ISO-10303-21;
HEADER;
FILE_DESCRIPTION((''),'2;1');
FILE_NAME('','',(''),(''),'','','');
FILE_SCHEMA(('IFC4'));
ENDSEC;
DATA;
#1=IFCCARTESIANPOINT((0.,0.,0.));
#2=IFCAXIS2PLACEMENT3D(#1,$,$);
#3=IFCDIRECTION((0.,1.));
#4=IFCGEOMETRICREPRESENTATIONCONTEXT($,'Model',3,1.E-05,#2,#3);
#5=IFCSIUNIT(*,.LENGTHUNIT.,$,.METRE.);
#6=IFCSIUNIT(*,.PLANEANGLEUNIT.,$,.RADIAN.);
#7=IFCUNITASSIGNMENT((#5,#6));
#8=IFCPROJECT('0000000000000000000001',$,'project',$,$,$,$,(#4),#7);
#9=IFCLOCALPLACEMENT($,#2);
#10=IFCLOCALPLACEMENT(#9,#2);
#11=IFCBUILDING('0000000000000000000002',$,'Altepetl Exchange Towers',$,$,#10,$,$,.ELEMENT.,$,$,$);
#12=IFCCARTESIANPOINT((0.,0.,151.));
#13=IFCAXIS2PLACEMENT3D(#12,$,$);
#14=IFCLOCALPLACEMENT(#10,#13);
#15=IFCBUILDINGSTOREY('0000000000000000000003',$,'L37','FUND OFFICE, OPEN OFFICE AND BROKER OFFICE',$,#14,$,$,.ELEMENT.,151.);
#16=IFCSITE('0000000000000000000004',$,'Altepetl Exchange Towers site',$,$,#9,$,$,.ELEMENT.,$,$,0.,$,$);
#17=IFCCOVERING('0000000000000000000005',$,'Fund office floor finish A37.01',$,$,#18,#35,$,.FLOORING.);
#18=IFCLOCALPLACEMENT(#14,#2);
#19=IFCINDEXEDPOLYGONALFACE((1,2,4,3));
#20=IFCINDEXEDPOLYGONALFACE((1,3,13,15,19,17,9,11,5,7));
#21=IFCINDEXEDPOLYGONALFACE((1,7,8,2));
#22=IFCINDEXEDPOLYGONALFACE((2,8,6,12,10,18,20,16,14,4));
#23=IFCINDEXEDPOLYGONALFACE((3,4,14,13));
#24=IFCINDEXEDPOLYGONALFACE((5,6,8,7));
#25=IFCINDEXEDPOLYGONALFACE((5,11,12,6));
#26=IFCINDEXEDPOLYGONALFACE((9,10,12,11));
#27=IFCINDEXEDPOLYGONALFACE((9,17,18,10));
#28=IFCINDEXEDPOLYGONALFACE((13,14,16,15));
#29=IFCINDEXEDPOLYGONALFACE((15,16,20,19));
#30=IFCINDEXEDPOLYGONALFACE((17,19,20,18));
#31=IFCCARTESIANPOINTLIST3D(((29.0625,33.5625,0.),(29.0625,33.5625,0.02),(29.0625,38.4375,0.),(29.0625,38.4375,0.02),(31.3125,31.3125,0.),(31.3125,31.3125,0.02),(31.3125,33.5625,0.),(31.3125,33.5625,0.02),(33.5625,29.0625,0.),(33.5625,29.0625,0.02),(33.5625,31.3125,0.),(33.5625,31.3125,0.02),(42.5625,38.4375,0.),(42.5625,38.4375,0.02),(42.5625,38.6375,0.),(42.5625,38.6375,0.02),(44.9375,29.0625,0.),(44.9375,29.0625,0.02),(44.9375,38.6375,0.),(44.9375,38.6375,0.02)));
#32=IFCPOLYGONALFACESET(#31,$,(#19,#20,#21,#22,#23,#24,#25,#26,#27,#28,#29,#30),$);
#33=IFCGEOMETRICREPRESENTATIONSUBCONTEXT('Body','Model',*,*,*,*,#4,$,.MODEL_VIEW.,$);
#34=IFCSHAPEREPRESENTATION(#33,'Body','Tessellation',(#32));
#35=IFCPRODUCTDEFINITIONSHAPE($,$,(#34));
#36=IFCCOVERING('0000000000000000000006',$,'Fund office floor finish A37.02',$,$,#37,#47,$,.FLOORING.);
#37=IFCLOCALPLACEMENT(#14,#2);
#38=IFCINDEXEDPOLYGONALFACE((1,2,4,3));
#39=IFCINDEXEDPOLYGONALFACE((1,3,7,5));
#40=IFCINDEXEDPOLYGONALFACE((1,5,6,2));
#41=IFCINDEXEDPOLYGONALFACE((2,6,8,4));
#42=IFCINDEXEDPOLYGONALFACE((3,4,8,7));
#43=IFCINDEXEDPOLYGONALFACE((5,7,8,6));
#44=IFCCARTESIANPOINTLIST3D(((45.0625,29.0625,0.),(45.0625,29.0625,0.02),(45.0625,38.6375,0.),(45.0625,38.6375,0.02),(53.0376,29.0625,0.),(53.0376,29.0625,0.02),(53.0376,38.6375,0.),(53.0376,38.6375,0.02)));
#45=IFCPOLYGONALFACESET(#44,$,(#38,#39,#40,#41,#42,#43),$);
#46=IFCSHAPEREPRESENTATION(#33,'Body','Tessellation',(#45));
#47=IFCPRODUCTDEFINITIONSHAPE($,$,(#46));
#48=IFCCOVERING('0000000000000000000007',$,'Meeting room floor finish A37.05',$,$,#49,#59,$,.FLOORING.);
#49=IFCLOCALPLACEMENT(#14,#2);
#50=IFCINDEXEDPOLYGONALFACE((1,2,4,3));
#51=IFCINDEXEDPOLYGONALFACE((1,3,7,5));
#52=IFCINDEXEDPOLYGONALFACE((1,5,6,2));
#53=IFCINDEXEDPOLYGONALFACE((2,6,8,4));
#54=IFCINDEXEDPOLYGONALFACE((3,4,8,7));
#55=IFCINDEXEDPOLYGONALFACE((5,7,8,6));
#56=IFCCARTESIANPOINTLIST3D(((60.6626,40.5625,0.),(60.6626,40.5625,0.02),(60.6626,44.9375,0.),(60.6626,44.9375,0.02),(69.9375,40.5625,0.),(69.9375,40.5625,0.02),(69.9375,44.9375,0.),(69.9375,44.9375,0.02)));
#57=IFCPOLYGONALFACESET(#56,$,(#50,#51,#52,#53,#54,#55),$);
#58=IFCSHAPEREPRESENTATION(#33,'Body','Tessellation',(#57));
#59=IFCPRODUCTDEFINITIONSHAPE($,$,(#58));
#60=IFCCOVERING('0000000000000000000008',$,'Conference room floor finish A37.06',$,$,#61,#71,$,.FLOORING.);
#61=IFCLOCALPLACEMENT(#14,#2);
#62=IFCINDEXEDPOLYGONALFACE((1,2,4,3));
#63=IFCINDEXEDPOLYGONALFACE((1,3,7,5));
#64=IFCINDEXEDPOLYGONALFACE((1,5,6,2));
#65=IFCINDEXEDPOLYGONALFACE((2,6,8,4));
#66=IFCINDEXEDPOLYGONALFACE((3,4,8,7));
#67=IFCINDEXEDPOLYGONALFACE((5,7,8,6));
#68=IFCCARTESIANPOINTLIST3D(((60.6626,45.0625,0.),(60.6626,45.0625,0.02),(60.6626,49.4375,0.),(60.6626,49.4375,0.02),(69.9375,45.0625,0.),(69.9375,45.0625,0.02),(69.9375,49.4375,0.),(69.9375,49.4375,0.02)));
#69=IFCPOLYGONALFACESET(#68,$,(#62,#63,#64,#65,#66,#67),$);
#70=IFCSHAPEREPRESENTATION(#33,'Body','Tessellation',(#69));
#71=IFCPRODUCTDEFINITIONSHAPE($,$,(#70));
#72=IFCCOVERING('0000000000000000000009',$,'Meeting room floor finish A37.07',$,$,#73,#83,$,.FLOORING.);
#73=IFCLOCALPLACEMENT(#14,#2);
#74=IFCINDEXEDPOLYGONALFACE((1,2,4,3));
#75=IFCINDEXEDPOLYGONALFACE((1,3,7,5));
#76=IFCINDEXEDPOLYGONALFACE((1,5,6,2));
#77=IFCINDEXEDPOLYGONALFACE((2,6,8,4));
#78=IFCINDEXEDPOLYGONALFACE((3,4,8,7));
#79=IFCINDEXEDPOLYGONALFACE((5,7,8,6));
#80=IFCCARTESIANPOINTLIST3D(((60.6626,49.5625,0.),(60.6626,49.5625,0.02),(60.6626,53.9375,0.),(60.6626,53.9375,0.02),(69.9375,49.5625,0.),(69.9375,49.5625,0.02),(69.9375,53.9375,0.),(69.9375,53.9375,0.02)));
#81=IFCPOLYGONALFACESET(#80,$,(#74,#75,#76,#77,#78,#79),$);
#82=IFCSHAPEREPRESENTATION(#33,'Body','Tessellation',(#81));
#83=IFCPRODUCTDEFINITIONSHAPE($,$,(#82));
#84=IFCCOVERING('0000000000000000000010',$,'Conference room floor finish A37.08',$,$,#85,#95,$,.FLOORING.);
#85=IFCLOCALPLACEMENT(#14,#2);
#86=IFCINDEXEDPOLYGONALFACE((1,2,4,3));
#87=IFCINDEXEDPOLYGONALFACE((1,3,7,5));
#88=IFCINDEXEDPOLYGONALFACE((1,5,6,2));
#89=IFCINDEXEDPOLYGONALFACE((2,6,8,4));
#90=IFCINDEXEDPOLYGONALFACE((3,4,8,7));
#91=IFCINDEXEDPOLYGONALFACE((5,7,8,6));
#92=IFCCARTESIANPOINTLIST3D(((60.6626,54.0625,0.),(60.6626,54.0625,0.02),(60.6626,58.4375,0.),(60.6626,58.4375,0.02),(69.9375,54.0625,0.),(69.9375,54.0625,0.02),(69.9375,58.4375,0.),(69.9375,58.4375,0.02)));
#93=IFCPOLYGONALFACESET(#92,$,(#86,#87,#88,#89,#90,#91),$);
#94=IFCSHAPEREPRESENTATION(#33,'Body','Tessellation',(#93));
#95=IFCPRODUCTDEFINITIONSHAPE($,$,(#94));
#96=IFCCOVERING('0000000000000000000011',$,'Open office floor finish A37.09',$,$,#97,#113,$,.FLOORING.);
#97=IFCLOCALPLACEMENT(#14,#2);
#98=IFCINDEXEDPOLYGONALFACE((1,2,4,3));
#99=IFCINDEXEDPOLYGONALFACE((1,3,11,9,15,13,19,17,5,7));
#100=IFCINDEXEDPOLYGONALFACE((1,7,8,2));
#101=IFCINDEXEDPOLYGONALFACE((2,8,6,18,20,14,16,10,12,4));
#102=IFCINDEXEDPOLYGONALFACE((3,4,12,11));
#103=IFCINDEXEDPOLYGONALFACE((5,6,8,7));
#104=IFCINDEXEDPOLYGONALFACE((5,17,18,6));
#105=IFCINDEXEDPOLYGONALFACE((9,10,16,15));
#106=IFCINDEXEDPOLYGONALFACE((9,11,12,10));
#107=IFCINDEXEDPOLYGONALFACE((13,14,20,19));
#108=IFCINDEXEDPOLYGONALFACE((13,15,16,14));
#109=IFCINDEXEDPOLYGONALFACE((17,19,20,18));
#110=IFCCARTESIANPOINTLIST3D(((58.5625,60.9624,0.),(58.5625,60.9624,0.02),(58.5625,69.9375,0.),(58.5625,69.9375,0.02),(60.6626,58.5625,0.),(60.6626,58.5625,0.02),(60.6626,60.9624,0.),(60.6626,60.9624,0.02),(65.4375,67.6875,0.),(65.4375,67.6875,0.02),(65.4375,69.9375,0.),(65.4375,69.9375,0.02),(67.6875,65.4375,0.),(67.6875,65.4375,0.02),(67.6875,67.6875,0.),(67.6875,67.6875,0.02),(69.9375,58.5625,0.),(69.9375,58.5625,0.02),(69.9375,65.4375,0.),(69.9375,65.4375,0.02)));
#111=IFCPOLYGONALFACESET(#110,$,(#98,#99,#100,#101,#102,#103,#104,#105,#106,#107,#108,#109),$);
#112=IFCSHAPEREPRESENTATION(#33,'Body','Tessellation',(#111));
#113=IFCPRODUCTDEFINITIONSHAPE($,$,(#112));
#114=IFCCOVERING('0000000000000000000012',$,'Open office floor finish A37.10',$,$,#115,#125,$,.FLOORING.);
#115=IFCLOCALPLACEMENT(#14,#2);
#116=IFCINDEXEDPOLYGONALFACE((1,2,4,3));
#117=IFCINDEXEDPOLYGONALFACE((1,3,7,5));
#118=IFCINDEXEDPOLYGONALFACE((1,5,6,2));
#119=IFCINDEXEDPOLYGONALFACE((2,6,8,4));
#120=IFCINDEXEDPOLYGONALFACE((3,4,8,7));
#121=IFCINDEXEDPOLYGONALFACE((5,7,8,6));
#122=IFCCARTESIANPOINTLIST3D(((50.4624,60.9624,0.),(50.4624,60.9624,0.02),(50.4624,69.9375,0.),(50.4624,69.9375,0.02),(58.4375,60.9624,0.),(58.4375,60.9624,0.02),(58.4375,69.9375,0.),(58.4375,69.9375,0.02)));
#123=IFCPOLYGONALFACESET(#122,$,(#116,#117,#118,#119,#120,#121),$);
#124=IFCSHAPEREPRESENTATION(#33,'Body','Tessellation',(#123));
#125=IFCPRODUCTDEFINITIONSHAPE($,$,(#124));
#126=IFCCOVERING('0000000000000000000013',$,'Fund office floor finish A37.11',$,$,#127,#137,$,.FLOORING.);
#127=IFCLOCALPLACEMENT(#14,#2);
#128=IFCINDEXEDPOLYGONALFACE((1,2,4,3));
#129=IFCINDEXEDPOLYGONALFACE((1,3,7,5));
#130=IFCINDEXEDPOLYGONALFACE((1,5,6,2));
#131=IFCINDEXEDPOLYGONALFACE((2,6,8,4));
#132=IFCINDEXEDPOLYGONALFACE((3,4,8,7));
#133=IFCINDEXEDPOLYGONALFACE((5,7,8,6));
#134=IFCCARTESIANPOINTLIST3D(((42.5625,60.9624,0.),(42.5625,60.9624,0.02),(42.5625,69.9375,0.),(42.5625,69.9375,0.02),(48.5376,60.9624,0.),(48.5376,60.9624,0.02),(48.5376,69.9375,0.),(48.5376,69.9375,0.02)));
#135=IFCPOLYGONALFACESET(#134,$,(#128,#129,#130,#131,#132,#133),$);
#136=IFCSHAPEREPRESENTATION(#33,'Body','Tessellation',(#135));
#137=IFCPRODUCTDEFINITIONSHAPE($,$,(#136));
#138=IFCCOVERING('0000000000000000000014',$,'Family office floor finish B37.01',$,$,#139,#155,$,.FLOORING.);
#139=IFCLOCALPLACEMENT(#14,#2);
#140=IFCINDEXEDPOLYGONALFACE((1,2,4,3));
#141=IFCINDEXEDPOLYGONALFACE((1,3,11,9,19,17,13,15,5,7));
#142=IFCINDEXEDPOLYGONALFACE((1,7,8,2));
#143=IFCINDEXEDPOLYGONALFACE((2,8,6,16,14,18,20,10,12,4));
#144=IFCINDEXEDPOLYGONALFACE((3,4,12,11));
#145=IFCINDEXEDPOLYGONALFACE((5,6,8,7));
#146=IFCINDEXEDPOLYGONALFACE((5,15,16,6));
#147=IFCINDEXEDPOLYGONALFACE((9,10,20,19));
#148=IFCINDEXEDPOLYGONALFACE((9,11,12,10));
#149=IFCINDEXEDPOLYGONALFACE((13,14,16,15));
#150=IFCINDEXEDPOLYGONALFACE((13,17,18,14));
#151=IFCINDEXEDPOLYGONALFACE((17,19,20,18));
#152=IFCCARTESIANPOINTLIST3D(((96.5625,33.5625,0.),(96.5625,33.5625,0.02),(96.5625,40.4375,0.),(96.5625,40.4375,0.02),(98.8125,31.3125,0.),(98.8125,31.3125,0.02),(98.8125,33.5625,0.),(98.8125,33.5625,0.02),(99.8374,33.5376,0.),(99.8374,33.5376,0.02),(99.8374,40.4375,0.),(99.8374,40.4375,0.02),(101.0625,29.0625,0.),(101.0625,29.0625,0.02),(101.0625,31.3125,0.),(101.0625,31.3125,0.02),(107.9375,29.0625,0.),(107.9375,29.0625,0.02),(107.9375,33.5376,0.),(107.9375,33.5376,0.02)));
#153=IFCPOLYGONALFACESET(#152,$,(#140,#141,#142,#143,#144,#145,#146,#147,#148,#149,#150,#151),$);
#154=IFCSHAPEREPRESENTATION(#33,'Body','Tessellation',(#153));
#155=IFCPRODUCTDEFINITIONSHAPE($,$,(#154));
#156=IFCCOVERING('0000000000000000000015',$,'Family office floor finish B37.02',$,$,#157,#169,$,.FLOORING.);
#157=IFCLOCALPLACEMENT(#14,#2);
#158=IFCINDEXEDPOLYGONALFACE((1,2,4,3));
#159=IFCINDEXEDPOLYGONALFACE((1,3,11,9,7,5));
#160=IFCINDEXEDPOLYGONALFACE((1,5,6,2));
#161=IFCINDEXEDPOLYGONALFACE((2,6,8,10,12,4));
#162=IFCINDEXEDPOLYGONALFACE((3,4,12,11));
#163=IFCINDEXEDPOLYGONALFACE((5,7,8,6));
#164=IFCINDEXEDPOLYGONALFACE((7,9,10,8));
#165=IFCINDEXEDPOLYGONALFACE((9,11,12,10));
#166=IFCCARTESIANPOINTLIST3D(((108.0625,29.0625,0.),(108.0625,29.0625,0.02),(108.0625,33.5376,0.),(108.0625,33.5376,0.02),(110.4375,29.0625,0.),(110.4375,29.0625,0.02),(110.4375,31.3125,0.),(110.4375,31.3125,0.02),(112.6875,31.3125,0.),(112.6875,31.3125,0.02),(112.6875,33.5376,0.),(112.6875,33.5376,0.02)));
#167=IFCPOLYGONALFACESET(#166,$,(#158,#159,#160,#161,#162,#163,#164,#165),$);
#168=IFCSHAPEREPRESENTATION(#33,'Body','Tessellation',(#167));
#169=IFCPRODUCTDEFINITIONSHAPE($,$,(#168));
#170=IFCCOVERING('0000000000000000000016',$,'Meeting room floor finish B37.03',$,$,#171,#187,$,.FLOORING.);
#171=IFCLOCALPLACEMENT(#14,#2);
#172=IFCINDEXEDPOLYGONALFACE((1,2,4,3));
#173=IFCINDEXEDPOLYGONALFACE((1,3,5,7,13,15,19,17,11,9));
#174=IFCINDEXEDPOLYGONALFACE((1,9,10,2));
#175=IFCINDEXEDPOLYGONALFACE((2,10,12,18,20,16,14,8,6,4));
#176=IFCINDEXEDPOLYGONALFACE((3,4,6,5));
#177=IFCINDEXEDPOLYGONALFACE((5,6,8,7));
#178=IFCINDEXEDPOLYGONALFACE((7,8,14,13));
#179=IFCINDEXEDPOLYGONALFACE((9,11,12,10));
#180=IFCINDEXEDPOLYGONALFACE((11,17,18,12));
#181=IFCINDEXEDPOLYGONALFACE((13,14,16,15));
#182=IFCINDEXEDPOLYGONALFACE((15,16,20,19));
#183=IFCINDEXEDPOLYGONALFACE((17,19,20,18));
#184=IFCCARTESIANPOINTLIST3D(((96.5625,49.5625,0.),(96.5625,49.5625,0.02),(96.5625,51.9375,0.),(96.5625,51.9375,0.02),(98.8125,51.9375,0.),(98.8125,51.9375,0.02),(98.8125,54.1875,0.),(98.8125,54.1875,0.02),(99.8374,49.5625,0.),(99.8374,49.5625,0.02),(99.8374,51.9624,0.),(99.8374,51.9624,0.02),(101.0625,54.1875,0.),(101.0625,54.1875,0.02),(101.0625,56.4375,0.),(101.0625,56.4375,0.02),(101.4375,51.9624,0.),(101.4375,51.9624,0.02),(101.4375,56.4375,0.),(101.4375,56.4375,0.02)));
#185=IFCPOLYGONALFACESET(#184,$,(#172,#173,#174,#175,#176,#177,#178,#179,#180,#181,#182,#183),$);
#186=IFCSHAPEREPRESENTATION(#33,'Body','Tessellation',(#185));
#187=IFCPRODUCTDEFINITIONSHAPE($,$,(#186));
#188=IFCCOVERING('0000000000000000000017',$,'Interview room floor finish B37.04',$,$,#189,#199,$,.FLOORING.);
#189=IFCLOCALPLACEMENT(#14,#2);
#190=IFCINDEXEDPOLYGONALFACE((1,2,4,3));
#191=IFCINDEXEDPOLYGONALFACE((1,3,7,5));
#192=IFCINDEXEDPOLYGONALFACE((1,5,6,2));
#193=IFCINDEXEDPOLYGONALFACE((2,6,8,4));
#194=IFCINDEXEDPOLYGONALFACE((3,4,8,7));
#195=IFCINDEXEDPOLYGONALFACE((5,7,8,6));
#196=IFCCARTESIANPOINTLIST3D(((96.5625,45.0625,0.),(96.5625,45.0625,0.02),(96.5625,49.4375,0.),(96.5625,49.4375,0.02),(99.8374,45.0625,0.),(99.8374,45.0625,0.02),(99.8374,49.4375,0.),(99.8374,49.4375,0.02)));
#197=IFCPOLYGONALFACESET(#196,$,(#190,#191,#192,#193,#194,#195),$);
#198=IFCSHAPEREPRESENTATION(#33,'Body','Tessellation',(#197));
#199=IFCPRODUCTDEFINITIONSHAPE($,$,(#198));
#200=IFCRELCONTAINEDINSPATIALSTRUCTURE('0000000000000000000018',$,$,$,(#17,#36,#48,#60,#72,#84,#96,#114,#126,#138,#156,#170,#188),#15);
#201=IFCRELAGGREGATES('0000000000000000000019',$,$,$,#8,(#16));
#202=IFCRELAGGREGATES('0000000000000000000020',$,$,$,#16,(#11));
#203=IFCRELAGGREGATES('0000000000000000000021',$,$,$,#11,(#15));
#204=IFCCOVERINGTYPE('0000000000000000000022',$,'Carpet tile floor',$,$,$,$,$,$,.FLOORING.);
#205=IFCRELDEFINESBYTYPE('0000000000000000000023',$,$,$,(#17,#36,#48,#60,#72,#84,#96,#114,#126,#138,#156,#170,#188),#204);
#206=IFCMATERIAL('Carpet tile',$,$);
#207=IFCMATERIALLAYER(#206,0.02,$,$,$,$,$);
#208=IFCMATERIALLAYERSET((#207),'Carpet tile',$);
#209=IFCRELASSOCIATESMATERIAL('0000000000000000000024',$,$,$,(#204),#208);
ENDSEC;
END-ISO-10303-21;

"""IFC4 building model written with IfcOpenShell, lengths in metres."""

from ifc_helpers import new_model, si_unit, direction, frame, origin, place, context, subcontext, project, spatial, polyline, outline, extrude, material, layer, layer_set, type_object, element, save


model = new_model("IFC4")

# Units and contexts
model_context = context("Model", 3, precision=1e-05, world=origin(), true_north=direction((0.0, 1.0)))
body_context = subcontext(model_context, "Body", "Model", "MODEL_VIEW")
ifc_project = project(units=[si_unit("LENGTHUNIT", "METRE"), si_unit("PLANEANGLEUNIT", "RADIAN")], contexts=[model_context])

# Site, building, storey
site_placement = place(None, origin())
site = spatial("IfcSite", under=ifc_project, at=site_placement, Name="Altepetl Exchange Towers site", CompositionType="ELEMENT", RefElevation=0.0)
building_placement = place(site_placement, origin())
building = spatial("IfcBuilding", under=site, at=building_placement, Name="Altepetl Exchange Towers", CompositionType="ELEMENT")
storey_placement = place(building_placement, frame((0.0, 0.0, 151.0)))
storey = spatial("IfcBuildingStorey", under=building, at=storey_placement, Name="L37", Description="FUND OFFICE, OPEN OFFICE AND BROKER OFFICE", CompositionType="ELEMENT", Elevation=151.0)

# Coverings
ifc_material_1 = material(Name="Carpet tile")
ifc_layer_1 = layer(ifc_material_1, 0.02)
ifc_layer_set_1 = layer_set([ifc_layer_1], Name="Carpet tile")
covering_type_1 = type_object("IfcCoveringType", Name="Carpet tile floor", PredefinedType="FLOORING", material=ifc_layer_set_1)
covering_1_placement = place(storey_placement, origin())
element("IfcCovering", 1, at=covering_1_placement, inside=storey, type_object=covering_type_1, Name="Fund office floor finish A37.01", PredefinedType="FLOORING", context=body_context, shape_type="SweptSolid", body=[
    extrude(outline(polyline([(31.3125, 31.3125), (33.5625, 31.3125), (33.5625, 29.0625), (44.9375, 29.0625), (44.9375, 38.6375), (42.5625, 38.6375), (42.5625, 38.4375), (29.0625, 38.4375), (29.0625, 33.5625), (31.3125, 33.5625), (31.3125, 31.3125)])), origin(), (0.0, 0.0, 1.0), 0.02),
])
covering_2_placement = place(storey_placement, origin())
element("IfcCovering", 2, at=covering_2_placement, inside=storey, type_object=covering_type_1, Name="Fund office floor finish A37.02", PredefinedType="FLOORING", context=body_context, shape_type="SweptSolid", body=[
    extrude(outline(polyline([(45.0625, 38.6375), (45.0625, 29.0625), (53.0376, 29.0625), (53.0376, 38.6375), (45.0625, 38.6375)])), origin(), (0.0, 0.0, 1.0), 0.02),
])
covering_3_placement = place(storey_placement, origin())
element("IfcCovering", 3, at=covering_3_placement, inside=storey, type_object=covering_type_1, Name="Meeting room floor finish A37.05", PredefinedType="FLOORING", context=body_context, shape_type="SweptSolid", body=[
    extrude(outline(polyline([(69.9375, 44.9375), (60.6626, 44.9375), (60.6626, 40.5625), (69.9375, 40.5625), (69.9375, 44.9375)])), origin(), (0.0, 0.0, 1.0), 0.02),
])
covering_4_placement = place(storey_placement, origin())
element("IfcCovering", 4, at=covering_4_placement, inside=storey, type_object=covering_type_1, Name="Conference room floor finish A37.06", PredefinedType="FLOORING", context=body_context, shape_type="SweptSolid", body=[
    extrude(outline(polyline([(69.9375, 49.4375), (60.6626, 49.4375), (60.6626, 45.0625), (69.9375, 45.0625), (69.9375, 49.4375)])), origin(), (0.0, 0.0, 1.0), 0.02),
])
covering_5_placement = place(storey_placement, origin())
element("IfcCovering", 5, at=covering_5_placement, inside=storey, type_object=covering_type_1, Name="Meeting room floor finish A37.07", PredefinedType="FLOORING", context=body_context, shape_type="SweptSolid", body=[
    extrude(outline(polyline([(69.9375, 53.9375), (60.6626, 53.9375), (60.6626, 49.5625), (69.9375, 49.5625), (69.9375, 53.9375)])), origin(), (0.0, 0.0, 1.0), 0.02),
])
covering_6_placement = place(storey_placement, origin())
element("IfcCovering", 6, at=covering_6_placement, inside=storey, type_object=covering_type_1, Name="Conference room floor finish A37.08", PredefinedType="FLOORING", context=body_context, shape_type="SweptSolid", body=[
    extrude(outline(polyline([(69.9375, 54.0625), (69.9375, 58.4375), (60.6626, 58.4375), (60.6626, 54.0625), (69.9375, 54.0625)])), origin(), (0.0, 0.0, 1.0), 0.02),
])
covering_7_placement = place(storey_placement, origin())
element("IfcCovering", 7, at=covering_7_placement, inside=storey, type_object=covering_type_1, Name="Open office floor finish A37.09", PredefinedType="FLOORING", context=body_context, shape_type="SweptSolid", body=[
    extrude(outline(polyline([(60.6626, 58.5625), (69.9375, 58.5625), (69.9375, 65.4375), (67.6875, 65.4375), (67.6875, 67.6875), (65.4375, 67.6875), (65.4375, 69.9375), (58.5625, 69.9375), (58.5625, 60.9624), (60.6626, 60.9624), (60.6626, 58.5625)])), origin(), (0.0, 0.0, 1.0), 0.02),
])
covering_8_placement = place(storey_placement, origin())
element("IfcCovering", 8, at=covering_8_placement, inside=storey, type_object=covering_type_1, Name="Open office floor finish A37.10", PredefinedType="FLOORING", context=body_context, shape_type="SweptSolid", body=[
    extrude(outline(polyline([(58.4375, 60.9624), (58.4375, 69.9375), (50.4624, 69.9375), (50.4624, 60.9624), (58.4375, 60.9624)])), origin(), (0.0, 0.0, 1.0), 0.02),
])
covering_9_placement = place(storey_placement, origin())
element("IfcCovering", 9, at=covering_9_placement, inside=storey, type_object=covering_type_1, Name="Fund office floor finish A37.11", PredefinedType="FLOORING", context=body_context, shape_type="SweptSolid", body=[
    extrude(outline(polyline([(42.5625, 60.9624), (48.5376, 60.9624), (48.5376, 69.9375), (42.5625, 69.9375), (42.5625, 60.9624)])), origin(), (0.0, 0.0, 1.0), 0.02),
])
covering_10_placement = place(storey_placement, origin())
element("IfcCovering", 10, at=covering_10_placement, inside=storey, type_object=covering_type_1, Name="Family office floor finish B37.01", PredefinedType="FLOORING", context=body_context, shape_type="SweptSolid", body=[
    extrude(outline(polyline([(98.8125, 33.5625), (98.8125, 31.3125), (101.0625, 31.3125), (101.0625, 29.0625), (107.9375, 29.0625), (107.9375, 33.5376), (99.8374, 33.5376), (99.8374, 40.4375), (96.5625, 40.4375), (96.5625, 33.5625), (98.8125, 33.5625)])), origin(), (0.0, 0.0, 1.0), 0.02),
])
covering_11_placement = place(storey_placement, origin())
element("IfcCovering", 11, at=covering_11_placement, inside=storey, type_object=covering_type_1, Name="Family office floor finish B37.02", PredefinedType="FLOORING", context=body_context, shape_type="SweptSolid", body=[
    extrude(outline(polyline([(108.0625, 33.5376), (108.0625, 29.0625), (110.4375, 29.0625), (110.4375, 31.3125), (112.6875, 31.3125), (112.6875, 33.5376), (108.0625, 33.5376)])), origin(), (0.0, 0.0, 1.0), 0.02),
])
covering_12_placement = place(storey_placement, origin())
element("IfcCovering", 12, at=covering_12_placement, inside=storey, type_object=covering_type_1, Name="Meeting room floor finish B37.03", PredefinedType="FLOORING", context=body_context, shape_type="SweptSolid", body=[
    extrude(outline(polyline([(96.5625, 49.5625), (99.8374, 49.5625), (99.8374, 51.9624), (101.4375, 51.9624), (101.4375, 56.4375), (101.0625, 56.4375), (101.0625, 54.1875), (98.8125, 54.1875), (98.8125, 51.9375), (96.5625, 51.9375), (96.5625, 49.5625)])), origin(), (0.0, 0.0, 1.0), 0.02),
])
covering_13_placement = place(storey_placement, origin())
element("IfcCovering", 13, at=covering_13_placement, inside=storey, type_object=covering_type_1, Name="Interview room floor finish B37.04", PredefinedType="FLOORING", context=body_context, shape_type="SweptSolid", body=[
    extrude(outline(polyline([(96.5625, 45.0625), (99.8374, 45.0625), (99.8374, 49.4375), (96.5625, 49.4375), (96.5625, 45.0625)])), origin(), (0.0, 0.0, 1.0), 0.02),
])

save(model, "model.ifc")
